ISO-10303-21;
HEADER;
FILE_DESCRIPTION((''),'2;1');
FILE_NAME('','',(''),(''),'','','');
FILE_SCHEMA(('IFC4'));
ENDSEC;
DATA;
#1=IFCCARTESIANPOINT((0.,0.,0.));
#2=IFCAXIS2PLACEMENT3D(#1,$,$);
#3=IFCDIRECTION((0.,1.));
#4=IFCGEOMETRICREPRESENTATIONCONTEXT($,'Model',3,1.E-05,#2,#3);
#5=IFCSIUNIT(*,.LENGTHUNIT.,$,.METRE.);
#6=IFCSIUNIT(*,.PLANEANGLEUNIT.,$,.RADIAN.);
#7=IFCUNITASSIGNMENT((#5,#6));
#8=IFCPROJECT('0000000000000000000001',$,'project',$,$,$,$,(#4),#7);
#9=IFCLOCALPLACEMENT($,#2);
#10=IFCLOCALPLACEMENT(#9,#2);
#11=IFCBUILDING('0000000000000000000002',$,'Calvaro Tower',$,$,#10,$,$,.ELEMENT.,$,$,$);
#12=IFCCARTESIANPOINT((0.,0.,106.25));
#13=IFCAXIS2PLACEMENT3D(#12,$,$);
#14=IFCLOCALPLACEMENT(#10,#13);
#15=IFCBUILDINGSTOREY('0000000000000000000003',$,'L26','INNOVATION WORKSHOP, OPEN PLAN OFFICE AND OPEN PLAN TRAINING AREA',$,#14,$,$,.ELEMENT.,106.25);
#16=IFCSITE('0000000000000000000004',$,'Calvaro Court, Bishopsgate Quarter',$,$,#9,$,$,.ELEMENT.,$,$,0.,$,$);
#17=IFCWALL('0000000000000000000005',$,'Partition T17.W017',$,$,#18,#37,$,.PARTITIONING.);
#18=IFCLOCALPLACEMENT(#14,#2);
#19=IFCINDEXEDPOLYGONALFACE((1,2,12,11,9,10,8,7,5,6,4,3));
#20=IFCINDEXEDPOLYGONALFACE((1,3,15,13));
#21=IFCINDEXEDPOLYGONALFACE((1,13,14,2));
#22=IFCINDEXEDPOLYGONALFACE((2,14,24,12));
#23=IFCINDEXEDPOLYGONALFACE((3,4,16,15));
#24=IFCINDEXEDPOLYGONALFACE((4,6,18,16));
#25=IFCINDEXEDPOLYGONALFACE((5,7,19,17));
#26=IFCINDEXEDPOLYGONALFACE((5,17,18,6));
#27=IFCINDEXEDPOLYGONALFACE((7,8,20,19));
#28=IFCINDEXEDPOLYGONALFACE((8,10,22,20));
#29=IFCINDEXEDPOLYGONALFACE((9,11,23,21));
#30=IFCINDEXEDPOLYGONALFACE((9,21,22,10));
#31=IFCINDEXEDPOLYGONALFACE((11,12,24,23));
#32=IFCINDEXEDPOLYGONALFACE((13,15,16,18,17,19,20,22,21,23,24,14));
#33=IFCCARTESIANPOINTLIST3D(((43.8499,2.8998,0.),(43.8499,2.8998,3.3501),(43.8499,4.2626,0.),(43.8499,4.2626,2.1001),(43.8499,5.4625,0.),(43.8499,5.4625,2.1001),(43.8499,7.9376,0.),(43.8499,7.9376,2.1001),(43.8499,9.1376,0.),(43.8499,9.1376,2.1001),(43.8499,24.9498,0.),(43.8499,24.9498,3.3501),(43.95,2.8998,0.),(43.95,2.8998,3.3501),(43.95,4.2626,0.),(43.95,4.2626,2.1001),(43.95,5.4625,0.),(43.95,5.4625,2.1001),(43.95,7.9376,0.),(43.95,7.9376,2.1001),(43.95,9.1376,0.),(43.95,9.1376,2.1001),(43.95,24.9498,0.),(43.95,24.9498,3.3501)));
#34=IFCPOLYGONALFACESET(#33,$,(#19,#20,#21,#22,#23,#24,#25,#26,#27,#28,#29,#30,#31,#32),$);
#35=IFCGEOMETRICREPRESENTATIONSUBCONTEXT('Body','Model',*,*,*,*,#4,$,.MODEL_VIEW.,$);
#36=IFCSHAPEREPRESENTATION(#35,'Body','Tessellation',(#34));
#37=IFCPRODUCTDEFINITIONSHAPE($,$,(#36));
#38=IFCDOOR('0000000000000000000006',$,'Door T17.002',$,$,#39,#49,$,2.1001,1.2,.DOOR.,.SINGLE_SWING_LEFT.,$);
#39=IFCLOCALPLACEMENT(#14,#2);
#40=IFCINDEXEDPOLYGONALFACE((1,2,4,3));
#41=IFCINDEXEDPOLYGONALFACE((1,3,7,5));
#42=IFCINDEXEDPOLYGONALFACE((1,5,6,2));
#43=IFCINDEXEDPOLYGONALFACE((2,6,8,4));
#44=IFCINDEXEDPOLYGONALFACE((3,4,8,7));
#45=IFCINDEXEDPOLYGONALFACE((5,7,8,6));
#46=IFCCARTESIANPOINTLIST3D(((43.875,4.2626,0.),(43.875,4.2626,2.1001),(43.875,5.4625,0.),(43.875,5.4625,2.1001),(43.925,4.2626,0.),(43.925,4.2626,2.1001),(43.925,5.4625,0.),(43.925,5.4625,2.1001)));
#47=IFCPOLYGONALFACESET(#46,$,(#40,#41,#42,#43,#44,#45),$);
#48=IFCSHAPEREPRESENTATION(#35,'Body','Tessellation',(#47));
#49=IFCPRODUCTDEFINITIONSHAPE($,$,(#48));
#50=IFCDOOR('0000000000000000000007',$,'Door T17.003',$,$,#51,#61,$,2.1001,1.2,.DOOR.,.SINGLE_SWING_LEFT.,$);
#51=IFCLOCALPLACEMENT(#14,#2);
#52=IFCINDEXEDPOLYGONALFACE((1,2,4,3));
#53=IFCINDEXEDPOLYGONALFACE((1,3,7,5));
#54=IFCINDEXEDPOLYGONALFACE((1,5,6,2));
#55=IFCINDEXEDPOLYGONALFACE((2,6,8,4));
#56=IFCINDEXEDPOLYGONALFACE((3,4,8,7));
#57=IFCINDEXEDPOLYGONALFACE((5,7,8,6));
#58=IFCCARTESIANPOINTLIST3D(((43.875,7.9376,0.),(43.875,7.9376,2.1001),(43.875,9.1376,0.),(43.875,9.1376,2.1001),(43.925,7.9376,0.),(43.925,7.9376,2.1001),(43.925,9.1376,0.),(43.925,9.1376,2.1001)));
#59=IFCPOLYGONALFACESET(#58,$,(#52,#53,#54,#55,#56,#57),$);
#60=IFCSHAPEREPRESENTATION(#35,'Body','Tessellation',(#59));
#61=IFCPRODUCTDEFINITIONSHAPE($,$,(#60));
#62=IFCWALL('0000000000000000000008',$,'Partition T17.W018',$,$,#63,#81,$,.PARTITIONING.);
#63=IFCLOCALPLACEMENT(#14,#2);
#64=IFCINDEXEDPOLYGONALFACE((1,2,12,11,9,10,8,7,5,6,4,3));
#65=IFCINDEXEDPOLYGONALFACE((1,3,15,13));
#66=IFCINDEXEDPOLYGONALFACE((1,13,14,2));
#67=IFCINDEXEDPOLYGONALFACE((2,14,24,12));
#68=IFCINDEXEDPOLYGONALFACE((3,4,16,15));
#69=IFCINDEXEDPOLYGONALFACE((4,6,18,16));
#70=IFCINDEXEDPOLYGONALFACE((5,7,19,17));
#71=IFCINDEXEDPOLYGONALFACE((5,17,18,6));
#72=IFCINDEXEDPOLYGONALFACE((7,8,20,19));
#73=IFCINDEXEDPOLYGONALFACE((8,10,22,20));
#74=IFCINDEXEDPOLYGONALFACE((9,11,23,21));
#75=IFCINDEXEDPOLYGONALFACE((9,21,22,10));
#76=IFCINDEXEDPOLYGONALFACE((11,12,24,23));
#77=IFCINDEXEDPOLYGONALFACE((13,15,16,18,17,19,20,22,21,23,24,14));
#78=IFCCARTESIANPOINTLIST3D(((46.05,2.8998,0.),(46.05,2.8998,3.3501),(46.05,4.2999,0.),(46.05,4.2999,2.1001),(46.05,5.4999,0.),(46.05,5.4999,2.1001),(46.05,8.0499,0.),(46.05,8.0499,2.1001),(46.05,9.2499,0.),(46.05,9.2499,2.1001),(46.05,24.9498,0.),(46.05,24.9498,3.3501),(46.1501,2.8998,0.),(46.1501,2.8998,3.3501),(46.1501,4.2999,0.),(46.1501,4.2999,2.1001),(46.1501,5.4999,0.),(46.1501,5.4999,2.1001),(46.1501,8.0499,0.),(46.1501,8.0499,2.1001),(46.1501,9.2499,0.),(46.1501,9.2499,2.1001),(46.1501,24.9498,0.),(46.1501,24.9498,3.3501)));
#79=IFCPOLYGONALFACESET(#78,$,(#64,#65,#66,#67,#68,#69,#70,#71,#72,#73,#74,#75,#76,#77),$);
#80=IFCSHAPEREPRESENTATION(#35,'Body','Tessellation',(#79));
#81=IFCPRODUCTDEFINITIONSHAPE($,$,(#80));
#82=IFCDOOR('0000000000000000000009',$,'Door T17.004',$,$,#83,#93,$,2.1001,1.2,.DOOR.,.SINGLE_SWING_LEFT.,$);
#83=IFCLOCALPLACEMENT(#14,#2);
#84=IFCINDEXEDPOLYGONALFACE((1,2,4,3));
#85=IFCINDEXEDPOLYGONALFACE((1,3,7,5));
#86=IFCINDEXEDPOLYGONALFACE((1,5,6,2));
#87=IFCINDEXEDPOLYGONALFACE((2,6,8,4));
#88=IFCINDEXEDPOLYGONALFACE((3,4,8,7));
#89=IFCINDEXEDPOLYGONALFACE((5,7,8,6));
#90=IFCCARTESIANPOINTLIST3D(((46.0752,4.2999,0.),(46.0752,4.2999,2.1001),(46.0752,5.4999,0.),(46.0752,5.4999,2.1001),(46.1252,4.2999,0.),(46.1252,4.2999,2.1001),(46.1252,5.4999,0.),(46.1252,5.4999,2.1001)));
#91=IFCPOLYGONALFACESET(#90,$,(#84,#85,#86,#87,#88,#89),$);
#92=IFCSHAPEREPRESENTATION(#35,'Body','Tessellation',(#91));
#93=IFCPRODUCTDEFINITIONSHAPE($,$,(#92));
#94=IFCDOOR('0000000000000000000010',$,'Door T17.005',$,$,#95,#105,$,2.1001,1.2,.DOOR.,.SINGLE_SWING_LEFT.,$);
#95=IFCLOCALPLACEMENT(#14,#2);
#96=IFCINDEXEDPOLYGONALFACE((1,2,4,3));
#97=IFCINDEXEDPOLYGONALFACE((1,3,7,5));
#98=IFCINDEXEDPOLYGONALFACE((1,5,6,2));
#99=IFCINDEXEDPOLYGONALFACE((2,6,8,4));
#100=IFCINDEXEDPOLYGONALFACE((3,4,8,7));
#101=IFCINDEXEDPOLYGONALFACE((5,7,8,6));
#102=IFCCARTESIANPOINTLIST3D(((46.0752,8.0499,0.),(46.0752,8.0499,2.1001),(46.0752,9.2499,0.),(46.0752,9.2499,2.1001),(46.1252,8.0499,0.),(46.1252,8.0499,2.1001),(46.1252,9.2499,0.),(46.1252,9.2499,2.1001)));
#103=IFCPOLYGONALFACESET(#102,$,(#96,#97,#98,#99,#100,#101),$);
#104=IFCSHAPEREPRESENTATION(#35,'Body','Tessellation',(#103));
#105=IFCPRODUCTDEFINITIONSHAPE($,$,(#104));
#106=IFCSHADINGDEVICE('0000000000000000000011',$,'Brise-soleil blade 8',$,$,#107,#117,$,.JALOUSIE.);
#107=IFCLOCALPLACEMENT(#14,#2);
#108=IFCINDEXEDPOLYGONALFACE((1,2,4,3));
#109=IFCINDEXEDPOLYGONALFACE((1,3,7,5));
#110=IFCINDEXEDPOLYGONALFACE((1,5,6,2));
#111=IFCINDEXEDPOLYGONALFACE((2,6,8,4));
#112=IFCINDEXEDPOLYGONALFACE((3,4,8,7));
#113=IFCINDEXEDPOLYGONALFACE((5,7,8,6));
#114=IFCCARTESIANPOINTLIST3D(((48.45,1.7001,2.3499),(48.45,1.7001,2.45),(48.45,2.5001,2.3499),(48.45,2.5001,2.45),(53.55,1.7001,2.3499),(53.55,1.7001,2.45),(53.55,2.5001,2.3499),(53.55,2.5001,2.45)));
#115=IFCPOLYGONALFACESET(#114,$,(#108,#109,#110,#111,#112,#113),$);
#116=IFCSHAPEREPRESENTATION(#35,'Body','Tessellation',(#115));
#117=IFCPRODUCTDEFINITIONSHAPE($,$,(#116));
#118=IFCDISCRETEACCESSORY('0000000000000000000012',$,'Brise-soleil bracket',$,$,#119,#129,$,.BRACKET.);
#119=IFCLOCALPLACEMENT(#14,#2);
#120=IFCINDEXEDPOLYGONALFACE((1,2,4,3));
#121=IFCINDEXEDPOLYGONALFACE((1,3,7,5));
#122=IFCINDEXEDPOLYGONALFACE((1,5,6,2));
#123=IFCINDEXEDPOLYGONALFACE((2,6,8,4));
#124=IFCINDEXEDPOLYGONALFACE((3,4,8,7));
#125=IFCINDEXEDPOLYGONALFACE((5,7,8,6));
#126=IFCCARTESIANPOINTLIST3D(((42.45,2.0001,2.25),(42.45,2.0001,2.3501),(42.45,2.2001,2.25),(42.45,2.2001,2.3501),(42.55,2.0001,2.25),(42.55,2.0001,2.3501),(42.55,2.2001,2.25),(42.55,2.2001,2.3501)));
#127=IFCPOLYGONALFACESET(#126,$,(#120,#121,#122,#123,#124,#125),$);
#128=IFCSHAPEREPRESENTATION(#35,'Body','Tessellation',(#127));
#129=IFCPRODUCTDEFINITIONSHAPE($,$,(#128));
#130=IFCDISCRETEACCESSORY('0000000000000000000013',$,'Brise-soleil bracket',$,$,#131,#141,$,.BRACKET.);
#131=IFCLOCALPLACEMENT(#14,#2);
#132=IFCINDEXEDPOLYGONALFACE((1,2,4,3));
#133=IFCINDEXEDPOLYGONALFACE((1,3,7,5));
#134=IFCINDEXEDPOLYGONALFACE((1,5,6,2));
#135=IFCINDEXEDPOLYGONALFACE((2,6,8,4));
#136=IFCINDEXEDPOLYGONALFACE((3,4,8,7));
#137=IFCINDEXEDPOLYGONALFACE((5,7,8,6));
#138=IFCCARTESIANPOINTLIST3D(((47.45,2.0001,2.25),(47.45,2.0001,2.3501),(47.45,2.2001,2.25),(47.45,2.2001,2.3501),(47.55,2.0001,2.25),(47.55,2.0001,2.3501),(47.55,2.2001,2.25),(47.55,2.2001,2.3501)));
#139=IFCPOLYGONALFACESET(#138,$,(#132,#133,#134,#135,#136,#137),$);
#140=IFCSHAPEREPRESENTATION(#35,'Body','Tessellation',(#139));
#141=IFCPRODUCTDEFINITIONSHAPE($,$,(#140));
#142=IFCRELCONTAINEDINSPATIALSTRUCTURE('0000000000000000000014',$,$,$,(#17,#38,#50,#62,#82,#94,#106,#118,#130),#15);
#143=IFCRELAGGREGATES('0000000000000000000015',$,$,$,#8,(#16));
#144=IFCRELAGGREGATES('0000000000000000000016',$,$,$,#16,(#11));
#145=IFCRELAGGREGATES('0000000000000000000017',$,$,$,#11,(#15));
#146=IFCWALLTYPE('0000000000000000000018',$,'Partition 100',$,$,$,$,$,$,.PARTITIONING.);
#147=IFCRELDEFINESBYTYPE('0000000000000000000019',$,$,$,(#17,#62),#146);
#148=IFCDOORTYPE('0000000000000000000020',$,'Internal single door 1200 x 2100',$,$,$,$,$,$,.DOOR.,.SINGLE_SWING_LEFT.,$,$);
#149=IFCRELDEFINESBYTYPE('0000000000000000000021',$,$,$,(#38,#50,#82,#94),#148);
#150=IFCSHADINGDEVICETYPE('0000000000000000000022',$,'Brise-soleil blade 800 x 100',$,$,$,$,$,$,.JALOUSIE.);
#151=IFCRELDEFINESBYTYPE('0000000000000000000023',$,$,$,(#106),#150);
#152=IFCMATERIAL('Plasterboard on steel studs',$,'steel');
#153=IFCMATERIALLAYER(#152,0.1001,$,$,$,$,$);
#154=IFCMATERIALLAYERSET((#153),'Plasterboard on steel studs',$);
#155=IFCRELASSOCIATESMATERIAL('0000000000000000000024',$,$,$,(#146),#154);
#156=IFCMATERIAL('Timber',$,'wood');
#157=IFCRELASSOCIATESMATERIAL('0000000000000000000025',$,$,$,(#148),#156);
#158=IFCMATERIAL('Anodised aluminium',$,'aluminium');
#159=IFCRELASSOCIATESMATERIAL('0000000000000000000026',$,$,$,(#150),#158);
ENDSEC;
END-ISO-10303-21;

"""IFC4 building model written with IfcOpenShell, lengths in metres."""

from ifc_helpers import new_model, si_unit, direction, frame, frame_2d, origin, origin_2d, place, context, subcontext, project, spatial, rectangle, extrude, material, layer, layer_set, material_profile, profile_set, type_object, element, fill, save


model = new_model("IFC4")

# Units and contexts
model_context = context("Model", 3, precision=1e-05, world=origin(), true_north=direction((0.0, 1.0)))
body_context = subcontext(model_context, "Body", "Model", "MODEL_VIEW")
ifc_project = project(units=[si_unit("LENGTHUNIT", "METRE"), si_unit("PLANEANGLEUNIT", "RADIAN")], contexts=[model_context])

# Site, building, storey
site_placement = place(None, origin())
site = spatial("IfcSite", under=ifc_project, at=site_placement, Name="Calvaro Court, Bishopsgate Quarter", CompositionType="ELEMENT", RefElevation=0.0)
building_placement = place(site_placement, origin())
building = spatial("IfcBuilding", under=site, at=building_placement, Name="Calvaro Tower", CompositionType="ELEMENT")
storey_placement = place(building_placement, frame((0.0, 0.0, 106.25)))
storey = spatial("IfcBuildingStorey", under=building, at=storey_placement, Name="L26", Description="INNOVATION WORKSHOP, OPEN PLAN OFFICE AND OPEN PLAN TRAINING AREA", CompositionType="ELEMENT", Elevation=106.25)

# Walls, openings, doors
ifc_material_1 = material(Name="Plasterboard on steel studs", Category="steel")
ifc_layer_1 = layer(ifc_material_1, 0.1001)
ifc_layer_set_1 = layer_set([ifc_layer_1], Name="Plasterboard on steel studs")
wall_type = type_object("IfcWallType", Name="Partition 100", PredefinedType="PARTITIONING", material=ifc_layer_set_1)
wall_1_placement = place(storey_placement, frame((43.8999, 2.8999, 0.0), z_axis=(0.0, 0.0, 1.0), x_axis=(0.0, 1.0, 0.0)))
wall_1 = element("IfcWall", 1, at=wall_1_placement, inside=storey, type_object=wall_type, Name="Partition T17.W017", PredefinedType="PARTITIONING", context=body_context, shape_type="SweptSolid", body=[
    extrude(rectangle(XDim=22.05, YDim=0.1001, at=frame_2d((11.0249, 0.0))), origin(), (0.0, 0.0, 1.0), 3.3501),
])
opening_1_placement = place(wall_1_placement, frame((1.3625, 0.0, 0.0)))
opening_1 = element("IfcOpeningElement", 2, at=opening_1_placement, cuts=wall_1, PredefinedType="OPENING", context=body_context, shape_type="SweptSolid", body=[
    extrude(rectangle(XDim=1.2, YDim=2.1001, at=frame_2d((0.6001, 1.05))), frame((0.0, 0.0601, 0.0), z_axis=(0.0, -1.0, 0.0), x_axis=(1.0, 0.0, 0.0)), (0.0, 0.0, 1.0), 0.1201),
])
opening_2_placement = place(wall_1_placement, frame((5.0376, 0.0, 0.0)))
opening_2 = element("IfcOpeningElement", 3, at=opening_2_placement, cuts=wall_1, PredefinedType="OPENING", context=body_context, shape_type="SweptSolid", body=[
    extrude(rectangle(XDim=1.2, YDim=2.1001, at=frame_2d((0.6001, 1.05))), frame((0.0, 0.0601, 0.0), z_axis=(0.0, -1.0, 0.0), x_axis=(1.0, 0.0, 0.0)), (0.0, 0.0, 1.0), 0.1201),
])
ifc_material_2 = material(Name="Timber", Category="wood")
door_type = type_object("IfcDoorType", Name="Internal single door 1200 x 2100", OperationType="SINGLE_SWING_LEFT", PredefinedType="DOOR", material=ifc_material_2)
door_1_placement = place(opening_1_placement, origin())
door_1 = element("IfcDoor", 4, at=door_1_placement, inside=storey, type_object=door_type, Name="Door T17.002", OperationType="SINGLE_SWING_LEFT", OverallHeight=2.1001, OverallWidth=1.2, PredefinedType="DOOR", context=body_context, shape_type="SweptSolid", body=[
    extrude(rectangle(XDim=1.2, YDim=2.1001, at=frame_2d((0.6001, 1.05))), frame((0.0, 0.0249, 0.0), z_axis=(0.0, -1.0, 0.0), x_axis=(1.0, 0.0, 0.0)), (0.0, 0.0, 1.0), 0.05),
])
fill(opening_1, door_1)
door_2_placement = place(opening_2_placement, origin())
door_2 = element("IfcDoor", 5, at=door_2_placement, inside=storey, type_object=door_type, Name="Door T17.003", OperationType="SINGLE_SWING_LEFT", OverallHeight=2.1001, OverallWidth=1.2, PredefinedType="DOOR", context=body_context, shape_type="SweptSolid", body=[
    extrude(rectangle(XDim=1.2, YDim=2.1001, at=frame_2d((0.6001, 1.05))), frame((0.0, 0.0249, 0.0), z_axis=(0.0, -1.0, 0.0), x_axis=(1.0, 0.0, 0.0)), (0.0, 0.0, 1.0), 0.05),
])
fill(opening_2, door_2)
wall_2_placement = place(storey_placement, frame((46.1001, 2.8999, 0.0), z_axis=(0.0, 0.0, 1.0), x_axis=(0.0, 1.0, 0.0)))
wall_2 = element("IfcWall", 6, at=wall_2_placement, inside=storey, type_object=wall_type, Name="Partition T17.W018", PredefinedType="PARTITIONING", context=body_context, shape_type="SweptSolid", body=[
    extrude(rectangle(XDim=22.05, YDim=0.1001, at=frame_2d((11.0249, 0.0))), origin(), (0.0, 0.0, 1.0), 3.3501),
])
opening_3_placement = place(wall_2_placement, frame((1.3999, 0.0, 0.0)))
opening_3 = element("IfcOpeningElement", 7, at=opening_3_placement, cuts=wall_2, PredefinedType="OPENING", context=body_context, shape_type="SweptSolid", body=[
    extrude(rectangle(XDim=1.2, YDim=2.1001, at=frame_2d((0.6001, 1.05))), frame((0.0, 0.0601, 0.0), z_axis=(0.0, -1.0, 0.0), x_axis=(1.0, 0.0, 0.0)), (0.0, 0.0, 1.0), 0.1201),
])
opening_4_placement = place(wall_2_placement, frame((5.1499, 0.0, 0.0)))
opening_4 = element("IfcOpeningElement", 8, at=opening_4_placement, cuts=wall_2, PredefinedType="OPENING", context=body_context, shape_type="SweptSolid", body=[
    extrude(rectangle(XDim=1.2, YDim=2.1001, at=frame_2d((0.6001, 1.05))), frame((0.0, 0.0601, 0.0), z_axis=(0.0, -1.0, 0.0), x_axis=(1.0, 0.0, 0.0)), (0.0, 0.0, 1.0), 0.1201),
])
door_3_placement = place(opening_3_placement, origin())
door_3 = element("IfcDoor", 9, at=door_3_placement, inside=storey, type_object=door_type, Name="Door T17.004", OperationType="SINGLE_SWING_LEFT", OverallHeight=2.1001, OverallWidth=1.2, PredefinedType="DOOR", context=body_context, shape_type="SweptSolid", body=[
    extrude(rectangle(XDim=1.2, YDim=2.1001, at=frame_2d((0.6001, 1.05))), frame((0.0, 0.0249, 0.0), z_axis=(0.0, -1.0, 0.0), x_axis=(1.0, 0.0, 0.0)), (0.0, 0.0, 1.0), 0.05),
])
fill(opening_3, door_3)
door_4_placement = place(opening_4_placement, origin())
door_4 = element("IfcDoor", 10, at=door_4_placement, inside=storey, type_object=door_type, Name="Door T17.005", OperationType="SINGLE_SWING_LEFT", OverallHeight=2.1001, OverallWidth=1.2, PredefinedType="DOOR", context=body_context, shape_type="SweptSolid", body=[
    extrude(rectangle(XDim=1.2, YDim=2.1001, at=frame_2d((0.6001, 1.05))), frame((0.0, 0.0249, 0.0), z_axis=(0.0, -1.0, 0.0), x_axis=(1.0, 0.0, 0.0)), (0.0, 0.0, 1.0), 0.05),
])
fill(opening_4, door_4)

# Shading device
ifc_material_3 = material(Name="Anodised aluminium", Category="aluminium")
ifc_material_profile_1 = material_profile(ifc_material_3, rectangle(XDim=0.8, YDim=0.1001, at=origin_2d()), Name="Brise-soleil blade 800 x 100")
ifc_profile_set_1 = profile_set([ifc_material_profile_1], Name="Anodised aluminium")
shading_device_type = type_object("IfcShadingDeviceType", Name="Brise-soleil blade 800 x 100", PredefinedType="JALOUSIE", material=ifc_profile_set_1)
shading_device_placement = place(storey_placement, frame((48.45, 2.1001, 2.3999), z_axis=(1.0, 0.0, 0.0), x_axis=(0.0, 1.0, 0.0)))
element("IfcShadingDevice", 11, at=shading_device_placement, inside=storey, type_object=shading_device_type, Name="Brise-soleil blade 8", PredefinedType="JALOUSIE", context=body_context, shape_type="SweptSolid", body=[
    extrude(rectangle(XDim=0.8, YDim=0.1001, at=origin_2d()), origin(), (0.0, 0.0, 1.0), 5.1001),
])

# Discrete accessories
for number, where, z_axis, x_axis, name in (
    (12, (42.5, 2.1001, 2.25), (0.0, 0.0, 1.0), (1.0, 0.0, 0.0), "Brise-soleil bracket"),
    (13, (47.5, 2.1001, 2.25), (0.0, 0.0, 1.0), (1.0, 0.0, 0.0), "Brise-soleil bracket"),
):
    element("IfcDiscreteAccessory", number, at=place(storey_placement, frame(where, z_axis=z_axis, x_axis=x_axis)), inside=storey, Name=name, PredefinedType="BRACKET", context=body_context, shape_type="SweptSolid", body=[
        extrude(rectangle(XDim=0.1001, YDim=0.2, at=origin_2d()), origin(), (0.0, 0.0, 1.0), 0.1001),
    ])

save(model, "model.ifc")
